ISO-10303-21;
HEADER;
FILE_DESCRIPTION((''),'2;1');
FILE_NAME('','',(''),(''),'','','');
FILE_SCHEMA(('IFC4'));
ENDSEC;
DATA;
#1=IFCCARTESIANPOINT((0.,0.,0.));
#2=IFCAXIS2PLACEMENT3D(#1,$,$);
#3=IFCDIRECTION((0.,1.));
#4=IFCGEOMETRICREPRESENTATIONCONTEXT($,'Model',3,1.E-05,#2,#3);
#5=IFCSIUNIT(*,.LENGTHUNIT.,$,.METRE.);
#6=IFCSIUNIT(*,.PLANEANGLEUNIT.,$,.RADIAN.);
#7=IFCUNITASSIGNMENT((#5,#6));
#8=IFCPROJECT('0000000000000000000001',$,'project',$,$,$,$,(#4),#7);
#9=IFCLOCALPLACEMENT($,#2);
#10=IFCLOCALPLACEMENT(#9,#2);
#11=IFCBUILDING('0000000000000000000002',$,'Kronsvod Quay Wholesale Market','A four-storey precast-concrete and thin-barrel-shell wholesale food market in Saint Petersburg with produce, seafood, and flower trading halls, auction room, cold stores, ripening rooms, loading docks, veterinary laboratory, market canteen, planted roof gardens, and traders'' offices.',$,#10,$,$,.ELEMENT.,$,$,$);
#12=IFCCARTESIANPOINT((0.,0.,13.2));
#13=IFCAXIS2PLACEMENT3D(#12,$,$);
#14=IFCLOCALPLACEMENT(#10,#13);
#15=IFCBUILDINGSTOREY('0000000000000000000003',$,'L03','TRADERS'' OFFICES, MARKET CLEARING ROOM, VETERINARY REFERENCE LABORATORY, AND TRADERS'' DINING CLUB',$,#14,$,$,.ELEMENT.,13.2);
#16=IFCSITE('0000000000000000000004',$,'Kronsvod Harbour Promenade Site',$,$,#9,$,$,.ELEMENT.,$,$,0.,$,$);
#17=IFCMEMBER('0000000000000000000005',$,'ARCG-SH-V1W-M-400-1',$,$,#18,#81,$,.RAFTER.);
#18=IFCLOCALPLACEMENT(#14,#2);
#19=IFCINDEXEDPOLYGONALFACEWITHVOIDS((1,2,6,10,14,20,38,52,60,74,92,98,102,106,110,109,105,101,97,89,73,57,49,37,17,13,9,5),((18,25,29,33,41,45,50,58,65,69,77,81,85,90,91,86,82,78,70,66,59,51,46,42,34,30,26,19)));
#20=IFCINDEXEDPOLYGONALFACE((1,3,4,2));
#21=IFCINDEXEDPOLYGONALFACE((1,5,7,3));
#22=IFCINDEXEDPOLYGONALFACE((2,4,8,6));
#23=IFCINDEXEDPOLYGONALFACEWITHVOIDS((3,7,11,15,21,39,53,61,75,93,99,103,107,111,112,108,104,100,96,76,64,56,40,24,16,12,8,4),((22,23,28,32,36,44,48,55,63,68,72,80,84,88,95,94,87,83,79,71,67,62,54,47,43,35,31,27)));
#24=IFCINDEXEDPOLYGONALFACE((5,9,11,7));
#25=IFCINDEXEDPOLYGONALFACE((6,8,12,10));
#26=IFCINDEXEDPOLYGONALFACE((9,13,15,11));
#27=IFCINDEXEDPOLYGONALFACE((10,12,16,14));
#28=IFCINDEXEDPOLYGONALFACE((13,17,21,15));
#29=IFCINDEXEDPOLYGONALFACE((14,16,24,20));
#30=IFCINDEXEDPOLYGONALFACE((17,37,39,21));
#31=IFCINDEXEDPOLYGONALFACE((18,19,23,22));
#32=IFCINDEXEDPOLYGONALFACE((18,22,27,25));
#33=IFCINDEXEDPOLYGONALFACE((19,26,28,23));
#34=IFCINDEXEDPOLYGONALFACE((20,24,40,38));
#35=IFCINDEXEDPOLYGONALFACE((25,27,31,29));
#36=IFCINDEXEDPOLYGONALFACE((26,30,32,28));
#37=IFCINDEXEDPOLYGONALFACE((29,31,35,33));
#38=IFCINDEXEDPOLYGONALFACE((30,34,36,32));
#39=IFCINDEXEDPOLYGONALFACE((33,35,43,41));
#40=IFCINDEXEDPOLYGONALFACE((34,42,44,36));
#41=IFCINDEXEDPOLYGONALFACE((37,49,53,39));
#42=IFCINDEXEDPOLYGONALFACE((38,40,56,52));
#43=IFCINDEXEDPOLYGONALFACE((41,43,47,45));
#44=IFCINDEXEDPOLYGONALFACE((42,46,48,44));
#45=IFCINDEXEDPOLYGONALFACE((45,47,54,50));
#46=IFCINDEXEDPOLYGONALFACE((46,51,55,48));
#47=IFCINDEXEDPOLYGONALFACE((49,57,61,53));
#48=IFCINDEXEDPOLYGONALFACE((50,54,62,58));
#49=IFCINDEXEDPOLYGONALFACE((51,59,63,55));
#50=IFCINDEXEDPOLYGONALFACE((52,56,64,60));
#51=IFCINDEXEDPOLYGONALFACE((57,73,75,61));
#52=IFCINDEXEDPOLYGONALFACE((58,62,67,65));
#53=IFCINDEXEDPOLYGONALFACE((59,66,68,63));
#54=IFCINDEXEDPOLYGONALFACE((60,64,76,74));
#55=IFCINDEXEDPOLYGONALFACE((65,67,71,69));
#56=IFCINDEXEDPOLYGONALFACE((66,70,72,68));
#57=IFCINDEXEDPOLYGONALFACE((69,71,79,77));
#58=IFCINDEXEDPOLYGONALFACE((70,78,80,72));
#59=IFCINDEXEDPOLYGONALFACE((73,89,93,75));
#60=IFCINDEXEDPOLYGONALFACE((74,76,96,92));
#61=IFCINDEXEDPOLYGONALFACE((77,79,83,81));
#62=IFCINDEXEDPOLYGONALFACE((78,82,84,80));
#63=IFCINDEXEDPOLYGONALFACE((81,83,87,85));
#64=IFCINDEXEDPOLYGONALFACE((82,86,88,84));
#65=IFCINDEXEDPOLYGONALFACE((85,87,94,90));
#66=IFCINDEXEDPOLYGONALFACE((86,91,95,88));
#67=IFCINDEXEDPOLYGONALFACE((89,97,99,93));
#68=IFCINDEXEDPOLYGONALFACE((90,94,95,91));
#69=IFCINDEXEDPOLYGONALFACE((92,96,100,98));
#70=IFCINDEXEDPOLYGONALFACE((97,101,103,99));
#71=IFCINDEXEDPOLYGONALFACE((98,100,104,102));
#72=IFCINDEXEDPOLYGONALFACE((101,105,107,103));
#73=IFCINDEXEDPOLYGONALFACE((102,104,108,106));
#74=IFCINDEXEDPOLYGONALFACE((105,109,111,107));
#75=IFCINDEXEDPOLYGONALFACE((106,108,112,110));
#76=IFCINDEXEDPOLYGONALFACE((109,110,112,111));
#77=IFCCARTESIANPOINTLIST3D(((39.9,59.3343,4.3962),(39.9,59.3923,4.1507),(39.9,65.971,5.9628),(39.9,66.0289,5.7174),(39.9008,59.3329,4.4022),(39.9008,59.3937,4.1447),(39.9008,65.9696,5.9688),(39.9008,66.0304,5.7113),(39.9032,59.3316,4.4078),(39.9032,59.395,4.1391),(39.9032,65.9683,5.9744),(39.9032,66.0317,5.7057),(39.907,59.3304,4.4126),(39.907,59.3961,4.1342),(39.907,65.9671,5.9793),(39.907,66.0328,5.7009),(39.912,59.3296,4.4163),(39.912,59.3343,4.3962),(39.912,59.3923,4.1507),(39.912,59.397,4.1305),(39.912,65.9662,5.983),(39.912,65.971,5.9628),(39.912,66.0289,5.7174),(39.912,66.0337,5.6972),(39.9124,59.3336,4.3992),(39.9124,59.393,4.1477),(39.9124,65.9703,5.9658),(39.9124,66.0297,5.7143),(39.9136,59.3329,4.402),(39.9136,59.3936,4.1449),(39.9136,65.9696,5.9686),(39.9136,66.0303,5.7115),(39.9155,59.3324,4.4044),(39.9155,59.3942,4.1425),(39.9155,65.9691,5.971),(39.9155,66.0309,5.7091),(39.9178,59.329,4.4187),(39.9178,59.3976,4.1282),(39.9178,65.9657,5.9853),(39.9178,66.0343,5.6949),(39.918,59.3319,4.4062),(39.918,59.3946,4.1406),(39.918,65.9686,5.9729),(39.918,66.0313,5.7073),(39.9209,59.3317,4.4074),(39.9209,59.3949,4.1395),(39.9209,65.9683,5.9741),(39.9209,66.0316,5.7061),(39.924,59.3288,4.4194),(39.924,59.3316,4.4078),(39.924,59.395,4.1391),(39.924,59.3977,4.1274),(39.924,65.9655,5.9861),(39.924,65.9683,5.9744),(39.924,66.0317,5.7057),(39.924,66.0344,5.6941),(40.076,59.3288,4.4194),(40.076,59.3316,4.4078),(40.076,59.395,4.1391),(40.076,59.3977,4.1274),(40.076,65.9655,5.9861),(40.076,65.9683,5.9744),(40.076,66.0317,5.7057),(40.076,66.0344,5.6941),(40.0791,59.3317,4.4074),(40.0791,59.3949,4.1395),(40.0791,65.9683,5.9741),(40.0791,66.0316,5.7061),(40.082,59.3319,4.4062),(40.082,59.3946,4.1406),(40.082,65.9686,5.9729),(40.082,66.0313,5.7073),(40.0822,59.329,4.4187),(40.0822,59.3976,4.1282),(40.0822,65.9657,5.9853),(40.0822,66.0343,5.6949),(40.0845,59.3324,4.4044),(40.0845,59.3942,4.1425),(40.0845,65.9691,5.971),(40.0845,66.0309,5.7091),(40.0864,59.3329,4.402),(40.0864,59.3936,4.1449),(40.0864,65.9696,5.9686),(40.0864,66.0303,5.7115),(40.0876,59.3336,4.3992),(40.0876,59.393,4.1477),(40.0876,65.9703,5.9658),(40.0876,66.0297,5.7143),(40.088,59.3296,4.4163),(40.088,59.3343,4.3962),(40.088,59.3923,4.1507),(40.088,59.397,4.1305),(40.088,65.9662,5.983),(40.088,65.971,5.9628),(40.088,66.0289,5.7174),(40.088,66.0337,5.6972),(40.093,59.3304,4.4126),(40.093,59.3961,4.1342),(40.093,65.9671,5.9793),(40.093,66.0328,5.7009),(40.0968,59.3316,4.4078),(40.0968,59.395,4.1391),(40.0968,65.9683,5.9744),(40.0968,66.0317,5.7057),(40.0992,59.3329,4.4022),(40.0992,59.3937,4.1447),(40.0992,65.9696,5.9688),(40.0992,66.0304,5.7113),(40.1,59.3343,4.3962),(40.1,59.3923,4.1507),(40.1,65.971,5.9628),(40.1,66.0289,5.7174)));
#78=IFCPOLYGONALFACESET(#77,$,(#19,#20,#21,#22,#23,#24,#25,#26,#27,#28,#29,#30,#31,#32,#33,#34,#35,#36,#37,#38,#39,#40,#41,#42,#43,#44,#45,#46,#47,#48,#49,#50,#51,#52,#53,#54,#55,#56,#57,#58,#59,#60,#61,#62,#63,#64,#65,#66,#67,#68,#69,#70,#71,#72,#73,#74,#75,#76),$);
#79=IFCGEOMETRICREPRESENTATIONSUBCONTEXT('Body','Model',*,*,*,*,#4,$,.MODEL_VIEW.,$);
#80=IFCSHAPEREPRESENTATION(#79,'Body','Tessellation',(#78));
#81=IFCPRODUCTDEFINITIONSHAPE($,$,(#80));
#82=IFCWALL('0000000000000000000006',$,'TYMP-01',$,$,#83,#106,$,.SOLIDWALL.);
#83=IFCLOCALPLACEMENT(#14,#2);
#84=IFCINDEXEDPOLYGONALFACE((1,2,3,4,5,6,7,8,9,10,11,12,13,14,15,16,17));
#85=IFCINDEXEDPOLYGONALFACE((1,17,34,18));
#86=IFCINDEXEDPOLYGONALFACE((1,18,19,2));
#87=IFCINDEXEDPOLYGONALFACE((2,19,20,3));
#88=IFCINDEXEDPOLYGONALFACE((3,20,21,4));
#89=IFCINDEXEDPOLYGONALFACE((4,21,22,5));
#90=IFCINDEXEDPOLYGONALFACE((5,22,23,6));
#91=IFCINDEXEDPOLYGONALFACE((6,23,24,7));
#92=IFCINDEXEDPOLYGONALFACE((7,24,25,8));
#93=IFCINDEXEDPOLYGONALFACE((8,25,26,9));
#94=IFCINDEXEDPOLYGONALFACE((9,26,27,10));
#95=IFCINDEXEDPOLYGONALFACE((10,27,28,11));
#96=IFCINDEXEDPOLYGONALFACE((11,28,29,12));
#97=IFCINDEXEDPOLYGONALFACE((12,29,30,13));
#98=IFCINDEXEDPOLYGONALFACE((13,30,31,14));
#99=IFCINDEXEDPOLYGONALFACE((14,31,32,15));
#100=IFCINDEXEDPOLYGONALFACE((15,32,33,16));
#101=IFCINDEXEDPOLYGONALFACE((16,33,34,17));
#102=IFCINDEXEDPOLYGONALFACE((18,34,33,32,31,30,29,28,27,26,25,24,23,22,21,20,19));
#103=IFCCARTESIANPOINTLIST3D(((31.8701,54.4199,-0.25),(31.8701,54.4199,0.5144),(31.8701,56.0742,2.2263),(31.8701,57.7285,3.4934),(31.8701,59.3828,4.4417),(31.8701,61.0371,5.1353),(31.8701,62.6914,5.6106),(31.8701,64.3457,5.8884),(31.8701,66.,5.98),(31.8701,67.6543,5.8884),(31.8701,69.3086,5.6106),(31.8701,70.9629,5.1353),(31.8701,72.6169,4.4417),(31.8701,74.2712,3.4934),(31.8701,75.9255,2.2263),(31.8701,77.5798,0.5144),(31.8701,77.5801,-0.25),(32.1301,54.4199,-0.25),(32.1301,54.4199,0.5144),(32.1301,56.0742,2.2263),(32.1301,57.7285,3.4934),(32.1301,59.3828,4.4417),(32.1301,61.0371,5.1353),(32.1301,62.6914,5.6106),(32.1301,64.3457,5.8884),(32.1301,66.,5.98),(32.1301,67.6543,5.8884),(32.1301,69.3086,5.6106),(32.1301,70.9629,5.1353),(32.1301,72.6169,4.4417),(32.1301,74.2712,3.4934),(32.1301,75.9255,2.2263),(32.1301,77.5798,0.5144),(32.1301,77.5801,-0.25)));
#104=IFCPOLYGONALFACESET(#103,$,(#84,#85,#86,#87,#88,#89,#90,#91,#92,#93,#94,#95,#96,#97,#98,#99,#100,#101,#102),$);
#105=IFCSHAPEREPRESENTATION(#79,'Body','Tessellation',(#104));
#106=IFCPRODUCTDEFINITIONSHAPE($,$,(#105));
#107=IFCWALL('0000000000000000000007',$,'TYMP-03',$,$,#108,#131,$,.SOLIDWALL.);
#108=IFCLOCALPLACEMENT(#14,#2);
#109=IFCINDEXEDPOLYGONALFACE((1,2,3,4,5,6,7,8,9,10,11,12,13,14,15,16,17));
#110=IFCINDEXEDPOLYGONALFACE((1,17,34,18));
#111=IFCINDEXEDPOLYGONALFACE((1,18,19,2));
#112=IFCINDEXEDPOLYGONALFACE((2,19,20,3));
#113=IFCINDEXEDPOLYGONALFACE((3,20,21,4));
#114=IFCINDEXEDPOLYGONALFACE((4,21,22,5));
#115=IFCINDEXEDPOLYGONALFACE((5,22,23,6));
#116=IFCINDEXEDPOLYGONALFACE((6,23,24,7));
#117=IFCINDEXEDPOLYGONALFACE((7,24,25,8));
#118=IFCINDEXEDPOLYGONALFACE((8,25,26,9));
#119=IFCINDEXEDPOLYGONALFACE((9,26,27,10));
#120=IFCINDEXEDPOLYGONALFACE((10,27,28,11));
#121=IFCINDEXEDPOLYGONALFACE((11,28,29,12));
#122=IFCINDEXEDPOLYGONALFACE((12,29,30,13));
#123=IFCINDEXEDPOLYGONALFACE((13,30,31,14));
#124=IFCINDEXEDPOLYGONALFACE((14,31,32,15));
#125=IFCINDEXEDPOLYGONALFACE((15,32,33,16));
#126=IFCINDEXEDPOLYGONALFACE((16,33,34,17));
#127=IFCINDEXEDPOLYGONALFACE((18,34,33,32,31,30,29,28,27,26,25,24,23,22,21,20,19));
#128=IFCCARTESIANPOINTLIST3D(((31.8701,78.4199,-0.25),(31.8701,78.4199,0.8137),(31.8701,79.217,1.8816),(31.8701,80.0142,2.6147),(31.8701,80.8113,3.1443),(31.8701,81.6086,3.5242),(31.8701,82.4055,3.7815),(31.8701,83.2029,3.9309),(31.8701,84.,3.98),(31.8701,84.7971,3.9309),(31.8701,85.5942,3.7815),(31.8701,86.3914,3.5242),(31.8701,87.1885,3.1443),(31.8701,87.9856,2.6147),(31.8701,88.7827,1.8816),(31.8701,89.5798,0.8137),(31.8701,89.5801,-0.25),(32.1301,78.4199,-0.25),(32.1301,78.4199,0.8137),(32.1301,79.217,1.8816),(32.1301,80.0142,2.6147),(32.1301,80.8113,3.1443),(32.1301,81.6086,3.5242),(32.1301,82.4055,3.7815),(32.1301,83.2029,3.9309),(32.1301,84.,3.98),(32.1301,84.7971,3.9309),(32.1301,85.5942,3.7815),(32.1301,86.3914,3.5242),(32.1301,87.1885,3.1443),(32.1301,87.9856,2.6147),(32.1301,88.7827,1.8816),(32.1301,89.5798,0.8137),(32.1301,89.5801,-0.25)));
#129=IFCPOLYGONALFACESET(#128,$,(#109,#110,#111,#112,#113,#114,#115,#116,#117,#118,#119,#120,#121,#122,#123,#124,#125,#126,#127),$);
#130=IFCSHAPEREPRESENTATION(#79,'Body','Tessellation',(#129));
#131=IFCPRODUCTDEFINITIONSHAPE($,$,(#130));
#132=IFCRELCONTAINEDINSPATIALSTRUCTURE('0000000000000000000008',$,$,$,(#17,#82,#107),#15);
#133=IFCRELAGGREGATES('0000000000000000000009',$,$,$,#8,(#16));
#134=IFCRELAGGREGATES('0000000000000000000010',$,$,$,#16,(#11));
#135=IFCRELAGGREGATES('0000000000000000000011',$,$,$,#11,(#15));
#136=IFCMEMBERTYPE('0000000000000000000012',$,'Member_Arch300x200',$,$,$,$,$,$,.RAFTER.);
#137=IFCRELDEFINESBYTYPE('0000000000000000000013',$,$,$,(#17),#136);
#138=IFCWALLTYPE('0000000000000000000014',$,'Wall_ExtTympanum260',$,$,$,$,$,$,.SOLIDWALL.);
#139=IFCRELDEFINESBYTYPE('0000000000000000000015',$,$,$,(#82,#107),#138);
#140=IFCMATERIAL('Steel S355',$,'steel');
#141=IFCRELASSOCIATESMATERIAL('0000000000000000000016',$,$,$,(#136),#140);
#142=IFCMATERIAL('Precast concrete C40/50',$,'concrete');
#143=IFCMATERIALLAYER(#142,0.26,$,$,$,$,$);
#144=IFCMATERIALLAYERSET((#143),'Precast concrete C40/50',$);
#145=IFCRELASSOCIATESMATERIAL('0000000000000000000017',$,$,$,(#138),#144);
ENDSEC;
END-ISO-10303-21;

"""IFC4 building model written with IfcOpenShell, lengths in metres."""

from ifc_helpers import new_model, si_unit, direction, frame, origin, origin_2d, place, context, subcontext, project, spatial, polyline, hollow_rectangle, outline, extrude, material, layer, layer_set, material_profile, profile_set, type_object, element, save


model = new_model("IFC4")

# Units and contexts
model_context = context("Model", 3, precision=1e-05, world=origin(), true_north=direction((0.0, 1.0)))
body_context = subcontext(model_context, "Body", "Model", "MODEL_VIEW")
ifc_project = project(units=[si_unit("LENGTHUNIT", "METRE"), si_unit("PLANEANGLEUNIT", "RADIAN")], contexts=[model_context])

# Site, building, storey
site_placement = place(None, origin())
site = spatial("IfcSite", under=ifc_project, at=site_placement, Name="Kronsvod Harbour Promenade Site", CompositionType="ELEMENT", RefElevation=0.0)
building_placement = place(site_placement, origin())
building = spatial("IfcBuilding", under=site, at=building_placement, Name="Kronsvod Quay Wholesale Market", Description="A four-storey precast-concrete and thin-barrel-shell wholesale food market in Saint Petersburg with produce, seafood, and flower trading halls, auction room, cold stores, ripening rooms, loading docks, veterinary laboratory, market canteen, planted roof gardens, and traders' offices.", CompositionType="ELEMENT")
storey_placement = place(building_placement, frame((0.0, 0.0, 13.2)))
storey = spatial("IfcBuildingStorey", under=building, at=storey_placement, Name="L03", Description="TRADERS' OFFICES, MARKET CLEARING ROOM, VETERINARY REFERENCE LABORATORY, AND TRADERS' DINING CLUB", CompositionType="ELEMENT", Elevation=13.2)

# Member
ifc_material_1 = material(Name="Steel S355", Category="steel")
ifc_material_profile_1 = material_profile(ifc_material_1, hollow_rectangle(XDim=0.2, YDim=0.3, WallThickness=0.012, InnerFilletRadius=0.012, OuterFilletRadius=0.0239, at=origin_2d()), Name="RHS300x200x12")
ifc_profile_set_1 = profile_set([ifc_material_profile_1], Name="Steel S355")
member_type = type_object("IfcMemberType", Name="Member_Arch300x200", PredefinedType="RAFTER", material=ifc_profile_set_1)
member_placement = place(storey_placement, frame((40.0, 59.3633, 4.2734), z_axis=(0.0, 0.973251, 0.229744), x_axis=(-1.0, 0.0, 0.0)))
element("IfcMember", 1, at=member_placement, inside=storey, type_object=member_type, Name="ARCG-SH-V1W-M-400-1", PredefinedType="RAFTER", context=body_context, shape_type="SweptSolid", body=[
    extrude(hollow_rectangle(XDim=0.2, YDim=0.3, WallThickness=0.012, InnerFilletRadius=0.012, OuterFilletRadius=0.0239, at=origin_2d()), origin(), (0.0, 0.0, 1.0), 6.8191),
])

# Walls
ifc_material_2 = material(Name="Precast concrete C40/50", Category="concrete")
ifc_layer_1 = layer(ifc_material_2, 0.26)
ifc_layer_set_1 = layer_set([ifc_layer_1], Name="Precast concrete C40/50")
wall_type = type_object("IfcWallType", Name="Wall_ExtTympanum260", PredefinedType="SOLIDWALL", material=ifc_layer_set_1)
wall_1_placement = place(storey_placement, frame((32.0, 54.4199, -0.25), z_axis=(0.0, 0.0, 1.0), x_axis=(0.0, 1.0, 0.0)))
element("IfcWall", 2, at=wall_1_placement, inside=storey, type_object=wall_type, Name="TYMP-01", PredefinedType="SOLIDWALL", context=body_context, shape_type="SweptSolid", body=[
    extrude(outline(polyline([(0.0, 0.0), (23.1602, 0.0), (23.1599, 0.7644), (21.5056, 2.4763), (19.8513, 3.7434), (18.197, 4.6917), (16.543, 5.3853), (14.8887, 5.8606), (13.2344, 6.1384), (11.5801, 6.23), (9.9258, 6.1384), (8.2715, 5.8606), (6.6172, 5.3853), (4.9629, 4.6917), (3.3086, 3.7434), (1.6543, 2.4763), (0.0, 0.7644), (0.0, 0.0)])), frame((0.0, 0.1299, 0.0), z_axis=(0.0, -1.0, 0.0), x_axis=(1.0, 0.0, 0.0)), (0.0, 0.0, 1.0), 0.26),
])
wall_2_placement = place(storey_placement, frame((32.0, 78.4199, -0.25), z_axis=(0.0, 0.0, 1.0), x_axis=(0.0, 1.0, 0.0)))
element("IfcWall", 3, at=wall_2_placement, inside=storey, type_object=wall_type, Name="TYMP-03", PredefinedType="SOLIDWALL", context=body_context, shape_type="SweptSolid", body=[
    extrude(outline(polyline([(0.0, 0.0), (11.1602, 0.0), (11.1599, 1.0637), (10.3628, 2.1316), (9.5657, 2.8647), (8.7686, 3.3943), (7.9714, 3.7742), (7.1743, 4.0315), (6.3772, 4.1809), (5.5801, 4.23), (4.783, 4.1809), (3.9856, 4.0315), (3.1887, 3.7742), (2.3914, 3.3943), (1.5942, 2.8647), (0.7971, 2.1316), (0.0, 1.0637), (0.0, 0.0)])), frame((0.0, 0.1299, 0.0), z_axis=(0.0, -1.0, 0.0), x_axis=(1.0, 0.0, 0.0)), (0.0, 0.0, 1.0), 0.26),
])

save(model, "model.ifc")
